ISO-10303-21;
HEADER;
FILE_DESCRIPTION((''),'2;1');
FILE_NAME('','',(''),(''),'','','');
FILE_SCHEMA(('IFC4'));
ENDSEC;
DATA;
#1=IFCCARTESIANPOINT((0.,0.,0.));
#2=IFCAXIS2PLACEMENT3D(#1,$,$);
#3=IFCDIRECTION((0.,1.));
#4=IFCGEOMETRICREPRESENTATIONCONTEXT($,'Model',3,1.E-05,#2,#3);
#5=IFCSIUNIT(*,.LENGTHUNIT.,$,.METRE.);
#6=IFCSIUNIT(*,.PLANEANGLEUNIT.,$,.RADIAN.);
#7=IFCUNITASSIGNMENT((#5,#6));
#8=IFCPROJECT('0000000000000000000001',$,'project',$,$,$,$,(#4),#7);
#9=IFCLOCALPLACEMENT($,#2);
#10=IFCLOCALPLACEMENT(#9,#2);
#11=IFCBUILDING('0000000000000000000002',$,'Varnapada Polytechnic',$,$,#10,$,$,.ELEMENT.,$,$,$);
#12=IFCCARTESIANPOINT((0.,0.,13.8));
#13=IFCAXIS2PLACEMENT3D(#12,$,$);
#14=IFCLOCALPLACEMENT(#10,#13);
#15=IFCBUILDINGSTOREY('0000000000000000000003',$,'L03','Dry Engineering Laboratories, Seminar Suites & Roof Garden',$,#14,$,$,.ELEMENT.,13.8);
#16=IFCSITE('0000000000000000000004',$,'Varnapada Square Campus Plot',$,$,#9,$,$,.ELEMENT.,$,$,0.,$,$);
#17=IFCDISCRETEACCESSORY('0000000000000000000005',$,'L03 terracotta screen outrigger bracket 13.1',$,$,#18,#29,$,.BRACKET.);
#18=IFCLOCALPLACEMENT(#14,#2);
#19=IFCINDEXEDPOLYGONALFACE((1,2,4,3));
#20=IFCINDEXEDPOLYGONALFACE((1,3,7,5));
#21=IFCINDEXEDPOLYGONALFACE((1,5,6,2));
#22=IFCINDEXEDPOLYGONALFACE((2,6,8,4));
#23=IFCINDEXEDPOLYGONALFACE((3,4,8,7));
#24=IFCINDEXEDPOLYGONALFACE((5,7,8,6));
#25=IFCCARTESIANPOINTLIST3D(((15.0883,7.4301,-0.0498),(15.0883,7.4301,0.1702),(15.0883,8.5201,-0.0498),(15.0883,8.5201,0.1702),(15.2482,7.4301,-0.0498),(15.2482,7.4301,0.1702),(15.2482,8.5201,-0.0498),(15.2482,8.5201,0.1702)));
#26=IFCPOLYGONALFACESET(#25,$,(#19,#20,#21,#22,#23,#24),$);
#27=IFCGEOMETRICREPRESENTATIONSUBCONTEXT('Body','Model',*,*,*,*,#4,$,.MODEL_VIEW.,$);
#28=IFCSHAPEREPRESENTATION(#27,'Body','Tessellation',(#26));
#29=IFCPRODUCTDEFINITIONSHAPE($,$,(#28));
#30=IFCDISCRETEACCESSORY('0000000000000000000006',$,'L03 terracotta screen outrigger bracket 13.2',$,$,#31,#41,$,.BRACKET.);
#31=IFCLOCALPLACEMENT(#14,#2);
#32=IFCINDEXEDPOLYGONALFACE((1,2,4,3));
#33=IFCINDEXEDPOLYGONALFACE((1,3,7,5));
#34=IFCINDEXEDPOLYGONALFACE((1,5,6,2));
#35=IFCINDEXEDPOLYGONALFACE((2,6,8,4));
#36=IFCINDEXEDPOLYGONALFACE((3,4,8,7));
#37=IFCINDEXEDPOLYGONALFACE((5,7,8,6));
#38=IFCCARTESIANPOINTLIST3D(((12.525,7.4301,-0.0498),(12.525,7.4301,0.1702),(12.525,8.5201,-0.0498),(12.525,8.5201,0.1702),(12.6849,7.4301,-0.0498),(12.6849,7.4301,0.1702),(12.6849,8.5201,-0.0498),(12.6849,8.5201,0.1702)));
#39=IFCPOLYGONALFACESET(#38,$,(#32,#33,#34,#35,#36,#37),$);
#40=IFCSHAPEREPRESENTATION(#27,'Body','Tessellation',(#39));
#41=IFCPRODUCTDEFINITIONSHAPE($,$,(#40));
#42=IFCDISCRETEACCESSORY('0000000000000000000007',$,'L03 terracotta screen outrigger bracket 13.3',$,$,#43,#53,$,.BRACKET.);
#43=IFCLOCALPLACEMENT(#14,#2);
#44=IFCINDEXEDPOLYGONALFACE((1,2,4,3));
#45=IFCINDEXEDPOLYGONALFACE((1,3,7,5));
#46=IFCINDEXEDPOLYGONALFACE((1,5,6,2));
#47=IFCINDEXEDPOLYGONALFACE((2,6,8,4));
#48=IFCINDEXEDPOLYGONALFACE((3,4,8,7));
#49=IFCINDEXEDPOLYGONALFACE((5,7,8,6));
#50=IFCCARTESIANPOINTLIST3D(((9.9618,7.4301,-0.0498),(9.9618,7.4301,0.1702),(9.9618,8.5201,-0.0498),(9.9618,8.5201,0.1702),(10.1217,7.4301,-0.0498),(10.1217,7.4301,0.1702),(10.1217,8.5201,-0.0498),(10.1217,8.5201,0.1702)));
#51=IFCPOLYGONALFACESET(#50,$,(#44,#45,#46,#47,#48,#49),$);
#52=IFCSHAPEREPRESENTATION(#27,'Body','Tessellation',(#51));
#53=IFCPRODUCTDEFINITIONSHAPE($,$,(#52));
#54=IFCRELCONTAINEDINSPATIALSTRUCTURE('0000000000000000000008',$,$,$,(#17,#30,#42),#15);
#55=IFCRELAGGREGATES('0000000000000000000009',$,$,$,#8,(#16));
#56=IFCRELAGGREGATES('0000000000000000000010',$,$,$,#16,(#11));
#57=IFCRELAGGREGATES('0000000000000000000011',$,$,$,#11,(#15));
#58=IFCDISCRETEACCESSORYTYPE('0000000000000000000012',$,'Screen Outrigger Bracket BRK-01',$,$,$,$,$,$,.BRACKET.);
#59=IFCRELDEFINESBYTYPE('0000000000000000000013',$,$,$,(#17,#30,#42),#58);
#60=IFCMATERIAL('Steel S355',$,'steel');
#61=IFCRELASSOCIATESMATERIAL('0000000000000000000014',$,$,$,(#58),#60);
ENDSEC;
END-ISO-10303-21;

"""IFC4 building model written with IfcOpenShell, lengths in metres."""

from ifc_helpers import new_model, si_unit, direction, frame, origin, origin_2d, place, context, subcontext, project, spatial, rectangle, extrude, material, type_object, element, save


model = new_model("IFC4")

# Units and contexts
model_context = context("Model", 3, precision=1e-05, world=origin(), true_north=direction((0.0, 1.0)))
body_context = subcontext(model_context, "Body", "Model", "MODEL_VIEW")
ifc_project = project(units=[si_unit("LENGTHUNIT", "METRE"), si_unit("PLANEANGLEUNIT", "RADIAN")], contexts=[model_context])

# Site, building, storey
site_placement = place(None, origin())
site = spatial("IfcSite", under=ifc_project, at=site_placement, Name="Varnapada Square Campus Plot", CompositionType="ELEMENT", RefElevation=0.0)
building_placement = place(site_placement, origin())
building = spatial("IfcBuilding", under=site, at=building_placement, Name="Varnapada Polytechnic", CompositionType="ELEMENT")
storey_placement = place(building_placement, frame((0.0, 0.0, 13.8)))
storey = spatial("IfcBuildingStorey", under=building, at=storey_placement, Name="L03", Description="Dry Engineering Laboratories, Seminar Suites & Roof Garden", CompositionType="ELEMENT", Elevation=13.8)

# Discrete accessories
ifc_material_1 = material(Name="Steel S355", Category="steel")
discrete_accessory_type = type_object("IfcDiscreteAccessoryType", Name="Screen Outrigger Bracket BRK-01", PredefinedType="BRACKET", material=ifc_material_1)
for number, where, z_axis, x_axis, name in (
    (1, (15.1682, 7.9751, -0.0498), (0.0, 0.0, 1.0), (-1.0, 0.0, 0.0), "L03 terracotta screen outrigger bracket 13.1"),
    (2, (12.605, 7.9751, -0.0498), (0.0, 0.0, 1.0), (-1.0, 0.0, 0.0), "L03 terracotta screen outrigger bracket 13.2"),
    (3, (10.0417, 7.9751, -0.0498), (0.0, 0.0, 1.0), (-1.0, 0.0, 0.0), "L03 terracotta screen outrigger bracket 13.3"),
):
    element("IfcDiscreteAccessory", number, at=place(storey_placement, frame(where, z_axis=z_axis, x_axis=x_axis)), inside=storey, type_object=discrete_accessory_type, Name=name, PredefinedType="BRACKET", context=body_context, shape_type="SweptSolid", body=[
        extrude(rectangle(XDim=0.1599, YDim=1.0901, at=origin_2d()), origin(), (0.0, 0.0, 1.0), 0.22),
    ])

save(model, "model.ifc")
